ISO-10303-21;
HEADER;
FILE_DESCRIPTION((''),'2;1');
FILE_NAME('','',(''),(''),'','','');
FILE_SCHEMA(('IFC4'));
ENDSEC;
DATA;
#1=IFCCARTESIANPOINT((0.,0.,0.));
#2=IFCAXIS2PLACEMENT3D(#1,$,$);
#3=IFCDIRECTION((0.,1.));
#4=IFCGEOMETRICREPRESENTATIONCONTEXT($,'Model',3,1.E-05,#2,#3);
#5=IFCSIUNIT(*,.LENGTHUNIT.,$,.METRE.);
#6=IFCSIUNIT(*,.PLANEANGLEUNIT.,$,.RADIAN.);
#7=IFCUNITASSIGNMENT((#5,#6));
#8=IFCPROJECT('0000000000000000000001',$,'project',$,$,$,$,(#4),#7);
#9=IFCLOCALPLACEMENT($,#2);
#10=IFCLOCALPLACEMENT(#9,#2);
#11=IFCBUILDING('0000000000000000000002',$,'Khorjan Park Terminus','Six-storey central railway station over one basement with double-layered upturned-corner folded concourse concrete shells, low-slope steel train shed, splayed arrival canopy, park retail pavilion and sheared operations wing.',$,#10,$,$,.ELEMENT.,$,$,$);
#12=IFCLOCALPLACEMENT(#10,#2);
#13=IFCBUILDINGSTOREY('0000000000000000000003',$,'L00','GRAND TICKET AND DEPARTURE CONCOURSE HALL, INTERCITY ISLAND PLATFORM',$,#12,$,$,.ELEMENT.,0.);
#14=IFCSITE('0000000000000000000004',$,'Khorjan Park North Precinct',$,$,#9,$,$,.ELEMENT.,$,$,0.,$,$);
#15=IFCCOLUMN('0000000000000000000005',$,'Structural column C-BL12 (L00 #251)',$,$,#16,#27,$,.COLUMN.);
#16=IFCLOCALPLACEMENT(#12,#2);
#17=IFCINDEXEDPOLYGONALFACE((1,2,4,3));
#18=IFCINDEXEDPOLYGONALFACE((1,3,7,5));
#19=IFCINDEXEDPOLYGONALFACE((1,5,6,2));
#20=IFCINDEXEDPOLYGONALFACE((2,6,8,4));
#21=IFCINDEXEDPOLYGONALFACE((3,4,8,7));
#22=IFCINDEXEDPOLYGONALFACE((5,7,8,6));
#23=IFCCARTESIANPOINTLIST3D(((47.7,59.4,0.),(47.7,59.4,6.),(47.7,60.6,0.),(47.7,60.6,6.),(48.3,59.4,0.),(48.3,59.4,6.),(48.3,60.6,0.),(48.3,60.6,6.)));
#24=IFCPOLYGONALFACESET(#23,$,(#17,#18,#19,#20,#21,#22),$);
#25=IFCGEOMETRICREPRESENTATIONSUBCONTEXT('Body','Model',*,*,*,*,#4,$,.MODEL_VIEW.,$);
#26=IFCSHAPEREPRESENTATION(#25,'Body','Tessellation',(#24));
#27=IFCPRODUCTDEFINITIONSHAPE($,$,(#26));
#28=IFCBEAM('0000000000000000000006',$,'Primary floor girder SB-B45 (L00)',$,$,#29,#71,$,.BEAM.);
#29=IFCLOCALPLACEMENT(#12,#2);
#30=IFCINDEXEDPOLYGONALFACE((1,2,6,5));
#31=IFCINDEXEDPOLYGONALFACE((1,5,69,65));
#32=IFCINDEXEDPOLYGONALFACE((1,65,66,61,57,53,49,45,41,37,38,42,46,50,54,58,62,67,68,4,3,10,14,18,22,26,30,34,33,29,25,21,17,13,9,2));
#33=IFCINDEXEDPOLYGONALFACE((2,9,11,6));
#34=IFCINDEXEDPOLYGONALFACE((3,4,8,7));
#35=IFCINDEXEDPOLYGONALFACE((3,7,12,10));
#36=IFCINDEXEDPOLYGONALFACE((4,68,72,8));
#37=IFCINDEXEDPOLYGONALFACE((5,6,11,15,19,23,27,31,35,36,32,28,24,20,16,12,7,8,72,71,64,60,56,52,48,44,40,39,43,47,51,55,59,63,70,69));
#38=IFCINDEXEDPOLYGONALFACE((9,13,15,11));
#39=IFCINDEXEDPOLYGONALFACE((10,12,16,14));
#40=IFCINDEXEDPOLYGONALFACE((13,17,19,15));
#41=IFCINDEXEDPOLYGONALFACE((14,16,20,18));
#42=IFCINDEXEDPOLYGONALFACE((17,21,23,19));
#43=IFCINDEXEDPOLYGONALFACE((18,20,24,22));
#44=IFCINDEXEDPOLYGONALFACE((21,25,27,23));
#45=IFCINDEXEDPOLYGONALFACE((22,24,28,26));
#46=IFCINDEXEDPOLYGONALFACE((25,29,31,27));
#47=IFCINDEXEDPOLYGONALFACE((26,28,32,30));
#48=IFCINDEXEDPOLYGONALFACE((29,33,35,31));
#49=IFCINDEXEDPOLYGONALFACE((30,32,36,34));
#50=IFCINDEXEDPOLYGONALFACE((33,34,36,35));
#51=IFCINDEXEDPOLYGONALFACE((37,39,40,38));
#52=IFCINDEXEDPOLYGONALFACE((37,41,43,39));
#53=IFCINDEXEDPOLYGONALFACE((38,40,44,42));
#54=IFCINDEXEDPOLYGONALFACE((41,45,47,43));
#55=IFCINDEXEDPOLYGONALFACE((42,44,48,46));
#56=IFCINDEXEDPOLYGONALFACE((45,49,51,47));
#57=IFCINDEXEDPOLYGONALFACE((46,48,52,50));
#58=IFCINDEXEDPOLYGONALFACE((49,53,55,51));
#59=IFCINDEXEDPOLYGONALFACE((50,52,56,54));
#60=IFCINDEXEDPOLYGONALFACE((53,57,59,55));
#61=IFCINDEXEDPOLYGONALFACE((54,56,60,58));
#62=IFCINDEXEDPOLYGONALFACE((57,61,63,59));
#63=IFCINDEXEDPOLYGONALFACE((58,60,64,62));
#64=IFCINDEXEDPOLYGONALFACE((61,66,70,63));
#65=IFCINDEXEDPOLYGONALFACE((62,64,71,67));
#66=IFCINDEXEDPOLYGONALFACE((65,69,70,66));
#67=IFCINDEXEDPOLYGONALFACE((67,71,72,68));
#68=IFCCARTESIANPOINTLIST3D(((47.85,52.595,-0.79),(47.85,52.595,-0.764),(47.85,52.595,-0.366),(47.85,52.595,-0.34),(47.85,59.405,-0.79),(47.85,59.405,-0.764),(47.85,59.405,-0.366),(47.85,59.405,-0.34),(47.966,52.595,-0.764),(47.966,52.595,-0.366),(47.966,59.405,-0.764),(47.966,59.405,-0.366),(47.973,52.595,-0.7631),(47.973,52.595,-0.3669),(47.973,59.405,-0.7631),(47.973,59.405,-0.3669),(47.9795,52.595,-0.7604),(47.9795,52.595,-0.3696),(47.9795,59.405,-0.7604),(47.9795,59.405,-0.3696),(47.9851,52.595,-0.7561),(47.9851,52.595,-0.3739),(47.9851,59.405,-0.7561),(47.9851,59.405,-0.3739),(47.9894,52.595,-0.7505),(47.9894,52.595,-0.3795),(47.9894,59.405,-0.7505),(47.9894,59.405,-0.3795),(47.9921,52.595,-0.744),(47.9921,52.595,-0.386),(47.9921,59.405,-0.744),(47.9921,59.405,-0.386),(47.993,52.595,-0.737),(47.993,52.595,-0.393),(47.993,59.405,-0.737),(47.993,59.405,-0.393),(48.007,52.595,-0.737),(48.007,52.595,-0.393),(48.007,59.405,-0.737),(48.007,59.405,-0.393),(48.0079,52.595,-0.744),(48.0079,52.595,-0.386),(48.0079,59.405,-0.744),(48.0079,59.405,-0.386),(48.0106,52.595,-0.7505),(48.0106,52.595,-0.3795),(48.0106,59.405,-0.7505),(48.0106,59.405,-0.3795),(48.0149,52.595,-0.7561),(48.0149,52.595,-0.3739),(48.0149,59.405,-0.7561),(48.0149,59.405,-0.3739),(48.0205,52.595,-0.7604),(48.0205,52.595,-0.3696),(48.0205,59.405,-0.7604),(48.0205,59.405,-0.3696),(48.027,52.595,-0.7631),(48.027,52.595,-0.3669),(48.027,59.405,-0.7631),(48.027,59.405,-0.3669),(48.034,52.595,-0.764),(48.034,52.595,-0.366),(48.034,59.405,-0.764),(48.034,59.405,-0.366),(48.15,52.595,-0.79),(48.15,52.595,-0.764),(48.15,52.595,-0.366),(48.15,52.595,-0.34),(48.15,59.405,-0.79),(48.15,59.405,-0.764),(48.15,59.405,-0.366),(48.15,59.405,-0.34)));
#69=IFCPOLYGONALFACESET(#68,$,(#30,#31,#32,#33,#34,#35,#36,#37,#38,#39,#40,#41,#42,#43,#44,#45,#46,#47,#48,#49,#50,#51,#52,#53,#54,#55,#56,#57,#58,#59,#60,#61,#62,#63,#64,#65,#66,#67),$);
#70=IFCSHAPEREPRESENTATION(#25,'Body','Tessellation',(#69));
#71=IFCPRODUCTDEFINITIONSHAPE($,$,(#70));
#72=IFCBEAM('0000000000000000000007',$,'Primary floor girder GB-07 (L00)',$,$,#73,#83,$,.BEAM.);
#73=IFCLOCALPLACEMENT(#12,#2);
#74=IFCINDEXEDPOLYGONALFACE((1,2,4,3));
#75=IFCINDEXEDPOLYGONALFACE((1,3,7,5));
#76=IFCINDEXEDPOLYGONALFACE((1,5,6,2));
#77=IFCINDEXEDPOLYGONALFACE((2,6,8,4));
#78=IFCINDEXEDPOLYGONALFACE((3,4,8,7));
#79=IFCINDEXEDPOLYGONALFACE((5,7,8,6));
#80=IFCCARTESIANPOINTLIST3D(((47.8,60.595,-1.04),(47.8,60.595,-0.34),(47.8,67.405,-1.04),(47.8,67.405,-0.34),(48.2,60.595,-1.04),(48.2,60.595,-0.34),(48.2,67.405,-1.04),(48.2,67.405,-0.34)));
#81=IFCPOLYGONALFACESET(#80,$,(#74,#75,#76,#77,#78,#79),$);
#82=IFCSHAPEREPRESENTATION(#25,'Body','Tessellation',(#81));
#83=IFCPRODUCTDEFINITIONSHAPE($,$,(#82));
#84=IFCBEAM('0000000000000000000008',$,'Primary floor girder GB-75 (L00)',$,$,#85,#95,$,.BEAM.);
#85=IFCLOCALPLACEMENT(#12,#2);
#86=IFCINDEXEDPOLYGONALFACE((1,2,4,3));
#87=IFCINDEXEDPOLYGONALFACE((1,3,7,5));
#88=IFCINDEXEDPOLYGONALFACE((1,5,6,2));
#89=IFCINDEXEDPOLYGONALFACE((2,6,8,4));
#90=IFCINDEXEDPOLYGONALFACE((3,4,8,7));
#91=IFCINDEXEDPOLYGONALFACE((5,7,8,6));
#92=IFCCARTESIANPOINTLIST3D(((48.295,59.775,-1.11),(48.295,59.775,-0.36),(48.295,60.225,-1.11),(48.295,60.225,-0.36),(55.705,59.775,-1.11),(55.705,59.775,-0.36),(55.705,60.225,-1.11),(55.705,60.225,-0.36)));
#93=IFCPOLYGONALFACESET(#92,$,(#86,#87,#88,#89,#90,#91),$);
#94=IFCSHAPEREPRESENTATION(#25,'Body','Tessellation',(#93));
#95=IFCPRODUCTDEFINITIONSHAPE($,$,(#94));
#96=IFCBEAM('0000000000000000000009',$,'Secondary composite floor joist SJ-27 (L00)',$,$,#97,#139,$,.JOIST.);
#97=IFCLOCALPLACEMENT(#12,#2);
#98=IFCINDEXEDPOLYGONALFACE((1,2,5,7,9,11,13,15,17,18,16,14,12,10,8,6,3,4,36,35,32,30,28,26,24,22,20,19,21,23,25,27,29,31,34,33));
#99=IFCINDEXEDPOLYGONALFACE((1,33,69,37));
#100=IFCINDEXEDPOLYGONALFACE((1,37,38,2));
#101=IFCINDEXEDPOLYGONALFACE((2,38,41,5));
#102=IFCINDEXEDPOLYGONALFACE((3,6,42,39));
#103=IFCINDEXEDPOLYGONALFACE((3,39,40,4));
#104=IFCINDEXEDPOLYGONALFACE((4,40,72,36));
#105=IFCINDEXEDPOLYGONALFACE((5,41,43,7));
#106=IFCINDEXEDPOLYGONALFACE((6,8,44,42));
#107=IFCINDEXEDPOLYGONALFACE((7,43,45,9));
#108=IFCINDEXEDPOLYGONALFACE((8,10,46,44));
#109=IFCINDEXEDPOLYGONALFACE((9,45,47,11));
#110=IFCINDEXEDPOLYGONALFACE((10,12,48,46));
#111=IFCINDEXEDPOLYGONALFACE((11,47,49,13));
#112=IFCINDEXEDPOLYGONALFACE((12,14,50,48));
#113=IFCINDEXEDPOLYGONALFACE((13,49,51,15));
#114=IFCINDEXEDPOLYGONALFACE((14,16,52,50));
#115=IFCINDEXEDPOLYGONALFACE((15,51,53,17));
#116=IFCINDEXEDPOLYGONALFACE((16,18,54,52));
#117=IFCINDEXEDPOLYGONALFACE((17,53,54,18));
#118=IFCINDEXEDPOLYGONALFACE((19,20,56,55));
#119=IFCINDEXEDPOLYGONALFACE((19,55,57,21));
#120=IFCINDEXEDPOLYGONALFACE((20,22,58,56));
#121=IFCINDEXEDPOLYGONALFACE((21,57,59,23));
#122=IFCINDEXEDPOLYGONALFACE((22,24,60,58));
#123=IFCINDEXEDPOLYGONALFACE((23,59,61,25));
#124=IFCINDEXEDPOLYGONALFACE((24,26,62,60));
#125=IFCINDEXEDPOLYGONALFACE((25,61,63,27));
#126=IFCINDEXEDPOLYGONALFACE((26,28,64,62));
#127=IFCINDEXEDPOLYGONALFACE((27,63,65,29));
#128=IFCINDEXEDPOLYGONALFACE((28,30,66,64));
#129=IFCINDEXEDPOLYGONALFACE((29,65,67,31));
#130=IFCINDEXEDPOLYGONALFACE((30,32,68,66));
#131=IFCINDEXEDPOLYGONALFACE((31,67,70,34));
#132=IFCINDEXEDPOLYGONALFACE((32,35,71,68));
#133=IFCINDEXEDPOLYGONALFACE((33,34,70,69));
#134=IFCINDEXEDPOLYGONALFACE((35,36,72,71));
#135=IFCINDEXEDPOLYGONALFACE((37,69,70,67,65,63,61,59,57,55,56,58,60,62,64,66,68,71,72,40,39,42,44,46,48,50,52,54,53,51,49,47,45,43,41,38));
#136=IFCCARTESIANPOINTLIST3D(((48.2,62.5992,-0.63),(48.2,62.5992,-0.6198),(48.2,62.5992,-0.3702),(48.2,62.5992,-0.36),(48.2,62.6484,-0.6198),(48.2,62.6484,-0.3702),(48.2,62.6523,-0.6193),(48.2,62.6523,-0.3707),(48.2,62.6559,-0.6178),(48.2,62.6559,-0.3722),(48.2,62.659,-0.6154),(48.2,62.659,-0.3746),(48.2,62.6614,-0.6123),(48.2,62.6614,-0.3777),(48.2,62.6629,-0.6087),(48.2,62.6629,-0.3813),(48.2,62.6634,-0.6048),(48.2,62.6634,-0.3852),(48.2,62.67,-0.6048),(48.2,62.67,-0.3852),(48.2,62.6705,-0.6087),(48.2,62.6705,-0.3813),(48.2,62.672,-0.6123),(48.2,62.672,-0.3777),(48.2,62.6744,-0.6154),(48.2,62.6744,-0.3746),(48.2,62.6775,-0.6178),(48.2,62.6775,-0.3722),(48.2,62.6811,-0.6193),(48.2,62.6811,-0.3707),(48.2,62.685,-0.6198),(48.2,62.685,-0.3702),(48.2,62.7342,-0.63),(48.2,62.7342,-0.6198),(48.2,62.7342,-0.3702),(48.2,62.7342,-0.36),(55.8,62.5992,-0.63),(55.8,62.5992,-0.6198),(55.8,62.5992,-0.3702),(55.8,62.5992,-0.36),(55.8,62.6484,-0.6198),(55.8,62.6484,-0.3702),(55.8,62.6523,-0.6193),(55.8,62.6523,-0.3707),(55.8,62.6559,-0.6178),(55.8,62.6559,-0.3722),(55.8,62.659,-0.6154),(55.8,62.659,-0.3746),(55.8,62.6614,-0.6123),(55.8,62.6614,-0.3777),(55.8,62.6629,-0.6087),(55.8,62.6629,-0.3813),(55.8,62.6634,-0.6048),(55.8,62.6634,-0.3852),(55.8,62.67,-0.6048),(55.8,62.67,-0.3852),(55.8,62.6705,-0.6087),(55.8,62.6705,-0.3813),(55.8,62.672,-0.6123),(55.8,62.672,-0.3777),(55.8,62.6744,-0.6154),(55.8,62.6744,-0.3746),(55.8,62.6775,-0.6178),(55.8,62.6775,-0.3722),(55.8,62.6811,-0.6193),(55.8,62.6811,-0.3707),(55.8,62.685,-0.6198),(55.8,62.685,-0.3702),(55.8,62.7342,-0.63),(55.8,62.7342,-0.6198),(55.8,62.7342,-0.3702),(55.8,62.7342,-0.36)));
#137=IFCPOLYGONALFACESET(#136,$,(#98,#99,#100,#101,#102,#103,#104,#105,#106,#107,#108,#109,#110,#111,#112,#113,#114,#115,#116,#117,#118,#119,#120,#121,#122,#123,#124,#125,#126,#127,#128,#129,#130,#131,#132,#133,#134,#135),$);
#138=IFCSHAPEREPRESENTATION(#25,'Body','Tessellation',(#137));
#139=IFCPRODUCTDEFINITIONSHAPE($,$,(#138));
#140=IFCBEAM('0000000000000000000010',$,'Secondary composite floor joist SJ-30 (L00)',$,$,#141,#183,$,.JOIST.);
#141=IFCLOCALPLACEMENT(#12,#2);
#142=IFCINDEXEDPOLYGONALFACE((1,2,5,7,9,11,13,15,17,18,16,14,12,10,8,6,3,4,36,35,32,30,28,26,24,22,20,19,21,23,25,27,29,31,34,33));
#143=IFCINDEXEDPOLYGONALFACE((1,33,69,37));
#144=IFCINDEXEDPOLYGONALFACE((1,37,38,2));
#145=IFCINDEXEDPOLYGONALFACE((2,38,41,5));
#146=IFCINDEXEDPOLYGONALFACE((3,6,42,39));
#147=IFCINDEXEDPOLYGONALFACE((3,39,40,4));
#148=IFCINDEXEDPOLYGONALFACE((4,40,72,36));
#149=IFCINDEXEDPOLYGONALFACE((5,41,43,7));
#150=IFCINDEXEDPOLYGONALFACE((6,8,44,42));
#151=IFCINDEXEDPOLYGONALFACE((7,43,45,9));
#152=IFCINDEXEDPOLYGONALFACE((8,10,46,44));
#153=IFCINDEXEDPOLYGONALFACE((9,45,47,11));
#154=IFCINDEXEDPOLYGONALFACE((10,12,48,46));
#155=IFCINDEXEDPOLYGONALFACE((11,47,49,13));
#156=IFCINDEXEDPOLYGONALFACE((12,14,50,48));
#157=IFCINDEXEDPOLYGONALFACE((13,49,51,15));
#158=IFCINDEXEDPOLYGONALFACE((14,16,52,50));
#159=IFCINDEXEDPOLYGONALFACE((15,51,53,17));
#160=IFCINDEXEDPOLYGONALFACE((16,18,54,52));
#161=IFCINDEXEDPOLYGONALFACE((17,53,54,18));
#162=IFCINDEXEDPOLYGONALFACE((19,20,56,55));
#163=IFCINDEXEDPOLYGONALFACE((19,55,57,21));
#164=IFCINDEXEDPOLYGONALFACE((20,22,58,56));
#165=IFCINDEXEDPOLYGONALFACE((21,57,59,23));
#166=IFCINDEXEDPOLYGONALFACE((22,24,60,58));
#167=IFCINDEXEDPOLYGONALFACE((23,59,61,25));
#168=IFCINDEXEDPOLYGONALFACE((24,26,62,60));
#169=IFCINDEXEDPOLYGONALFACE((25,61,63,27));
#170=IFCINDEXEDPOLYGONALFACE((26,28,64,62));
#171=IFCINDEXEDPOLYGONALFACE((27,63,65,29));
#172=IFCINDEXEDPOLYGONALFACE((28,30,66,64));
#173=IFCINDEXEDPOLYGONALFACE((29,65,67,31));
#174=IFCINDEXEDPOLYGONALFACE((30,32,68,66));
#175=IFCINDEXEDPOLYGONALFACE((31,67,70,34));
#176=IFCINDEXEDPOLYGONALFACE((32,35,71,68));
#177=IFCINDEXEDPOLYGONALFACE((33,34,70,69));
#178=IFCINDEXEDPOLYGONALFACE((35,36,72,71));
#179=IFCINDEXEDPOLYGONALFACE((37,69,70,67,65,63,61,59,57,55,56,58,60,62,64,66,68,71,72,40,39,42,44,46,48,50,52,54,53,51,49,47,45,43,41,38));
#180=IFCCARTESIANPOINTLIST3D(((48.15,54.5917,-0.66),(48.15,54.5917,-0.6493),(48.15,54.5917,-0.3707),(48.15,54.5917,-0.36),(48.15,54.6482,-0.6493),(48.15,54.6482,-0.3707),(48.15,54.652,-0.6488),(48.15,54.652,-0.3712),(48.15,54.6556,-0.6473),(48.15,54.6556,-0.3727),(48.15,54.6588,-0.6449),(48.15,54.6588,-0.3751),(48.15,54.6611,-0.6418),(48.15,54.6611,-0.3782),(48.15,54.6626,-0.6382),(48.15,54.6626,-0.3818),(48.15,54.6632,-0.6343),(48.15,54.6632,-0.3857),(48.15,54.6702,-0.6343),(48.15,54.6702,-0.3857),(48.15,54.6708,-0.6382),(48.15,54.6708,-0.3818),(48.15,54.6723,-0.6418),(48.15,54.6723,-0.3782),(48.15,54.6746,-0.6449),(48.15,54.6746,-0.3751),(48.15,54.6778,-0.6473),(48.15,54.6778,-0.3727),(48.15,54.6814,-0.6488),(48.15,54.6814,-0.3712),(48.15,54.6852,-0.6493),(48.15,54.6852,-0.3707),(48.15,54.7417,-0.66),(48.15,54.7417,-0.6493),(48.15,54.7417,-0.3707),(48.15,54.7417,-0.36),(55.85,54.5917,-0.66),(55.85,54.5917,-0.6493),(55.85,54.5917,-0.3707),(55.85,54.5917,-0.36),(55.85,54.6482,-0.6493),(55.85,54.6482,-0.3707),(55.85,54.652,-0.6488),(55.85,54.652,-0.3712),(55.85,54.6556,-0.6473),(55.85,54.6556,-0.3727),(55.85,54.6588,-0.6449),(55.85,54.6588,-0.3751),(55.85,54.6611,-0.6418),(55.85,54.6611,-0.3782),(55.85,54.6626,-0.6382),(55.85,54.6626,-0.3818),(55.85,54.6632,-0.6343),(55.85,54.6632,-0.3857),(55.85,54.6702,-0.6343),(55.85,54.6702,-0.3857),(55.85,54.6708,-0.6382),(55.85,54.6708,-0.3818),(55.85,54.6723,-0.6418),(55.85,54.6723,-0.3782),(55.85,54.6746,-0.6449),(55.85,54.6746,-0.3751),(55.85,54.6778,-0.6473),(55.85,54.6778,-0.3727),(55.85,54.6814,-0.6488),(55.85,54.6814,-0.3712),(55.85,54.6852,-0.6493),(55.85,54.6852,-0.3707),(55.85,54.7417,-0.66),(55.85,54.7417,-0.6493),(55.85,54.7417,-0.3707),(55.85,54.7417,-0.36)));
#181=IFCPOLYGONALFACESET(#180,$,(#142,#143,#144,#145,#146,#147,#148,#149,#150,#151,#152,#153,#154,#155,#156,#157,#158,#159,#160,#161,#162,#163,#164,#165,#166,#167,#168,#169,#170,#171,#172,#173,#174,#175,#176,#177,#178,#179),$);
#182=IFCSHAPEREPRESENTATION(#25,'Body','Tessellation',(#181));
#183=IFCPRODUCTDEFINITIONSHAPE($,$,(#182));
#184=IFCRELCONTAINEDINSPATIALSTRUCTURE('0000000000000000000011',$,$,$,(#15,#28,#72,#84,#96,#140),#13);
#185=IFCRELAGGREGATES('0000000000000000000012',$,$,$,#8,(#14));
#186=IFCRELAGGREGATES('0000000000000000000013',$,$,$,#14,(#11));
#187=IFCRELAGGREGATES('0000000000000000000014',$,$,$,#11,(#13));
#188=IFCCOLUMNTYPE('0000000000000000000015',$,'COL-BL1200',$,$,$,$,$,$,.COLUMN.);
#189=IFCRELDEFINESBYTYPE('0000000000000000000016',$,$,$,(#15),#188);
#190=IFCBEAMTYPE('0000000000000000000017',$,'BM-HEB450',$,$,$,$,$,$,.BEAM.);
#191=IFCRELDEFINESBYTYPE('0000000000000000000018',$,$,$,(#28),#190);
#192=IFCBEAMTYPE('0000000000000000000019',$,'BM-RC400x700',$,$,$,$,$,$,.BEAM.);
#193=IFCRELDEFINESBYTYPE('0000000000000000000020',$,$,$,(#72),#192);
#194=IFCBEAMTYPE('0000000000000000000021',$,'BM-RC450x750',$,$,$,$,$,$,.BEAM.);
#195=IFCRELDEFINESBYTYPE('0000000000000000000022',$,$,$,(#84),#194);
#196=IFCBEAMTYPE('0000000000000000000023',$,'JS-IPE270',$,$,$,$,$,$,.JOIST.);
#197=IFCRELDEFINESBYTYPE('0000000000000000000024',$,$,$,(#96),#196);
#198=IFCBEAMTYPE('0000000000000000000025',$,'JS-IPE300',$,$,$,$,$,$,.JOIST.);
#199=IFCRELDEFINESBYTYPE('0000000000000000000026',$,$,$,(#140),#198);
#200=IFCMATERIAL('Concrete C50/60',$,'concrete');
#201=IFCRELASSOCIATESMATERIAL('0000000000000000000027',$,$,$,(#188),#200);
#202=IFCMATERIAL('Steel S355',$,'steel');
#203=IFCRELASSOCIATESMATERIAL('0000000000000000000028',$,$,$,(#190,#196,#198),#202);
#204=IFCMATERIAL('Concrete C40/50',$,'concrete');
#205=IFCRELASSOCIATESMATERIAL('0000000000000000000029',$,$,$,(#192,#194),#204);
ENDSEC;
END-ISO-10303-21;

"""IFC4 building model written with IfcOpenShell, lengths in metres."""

from ifc_helpers import new_model, si_unit, direction, frame, origin, origin_2d, place, context, subcontext, project, spatial, rectangle, i_section, extrude, material, material_profile, profile_set, type_object, element, save


model = new_model("IFC4")

# Units and contexts
model_context = context("Model", 3, precision=1e-05, world=origin(), true_north=direction((0.0, 1.0)))
body_context = subcontext(model_context, "Body", "Model", "MODEL_VIEW")
ifc_project = project(units=[si_unit("LENGTHUNIT", "METRE"), si_unit("PLANEANGLEUNIT", "RADIAN")], contexts=[model_context])

# Site, building, storey
site_placement = place(None, origin())
site = spatial("IfcSite", under=ifc_project, at=site_placement, Name="Khorjan Park North Precinct", CompositionType="ELEMENT", RefElevation=0.0)
building_placement = place(site_placement, origin())
building = spatial("IfcBuilding", under=site, at=building_placement, Name="Khorjan Park Terminus", Description="Six-storey central railway station over one basement with double-layered upturned-corner folded concourse concrete shells, low-slope steel train shed, splayed arrival canopy, park retail pavilion and sheared operations wing.", CompositionType="ELEMENT")
storey_placement = place(building_placement, origin())
storey = spatial("IfcBuildingStorey", under=building, at=storey_placement, Name="L00", Description="GRAND TICKET AND DEPARTURE CONCOURSE HALL, INTERCITY ISLAND PLATFORM", CompositionType="ELEMENT", Elevation=0.0)

# Column
ifc_material_1 = material(Name="Concrete C50/60", Category="concrete")
ifc_material_profile_1 = material_profile(ifc_material_1, rectangle(XDim=0.6, YDim=1.2, at=origin_2d()), Name="RC 600x1200")
ifc_profile_set_1 = profile_set([ifc_material_profile_1], Name="Concrete C50/60")
column_type = type_object("IfcColumnType", Name="COL-BL1200", PredefinedType="COLUMN", material=ifc_profile_set_1)
column_placement = place(storey_placement, frame((48.0, 60.0, 0.0), z_axis=(0.0, 0.0, 1.0), x_axis=(1.0, 0.0, 0.0)))
element("IfcColumn", 1, at=column_placement, inside=storey, type_object=column_type, Name="Structural column C-BL12 (L00 #251)", PredefinedType="COLUMN", context=body_context, shape_type="SweptSolid", body=[
    extrude(rectangle(XDim=0.6, YDim=1.2, at=origin_2d()), origin(), (0.0, 0.0, 1.0), 6.0),
])

# Beams
ifc_material_2 = material(Name="Steel S355", Category="steel")
ifc_material_profile_2 = material_profile(ifc_material_2, i_section(OverallWidth=0.3, OverallDepth=0.45, WebThickness=0.014, FlangeThickness=0.026, FilletRadius=0.027, at=origin_2d()), Name="HEB 450")
ifc_profile_set_2 = profile_set([ifc_material_profile_2], Name="Steel S355")
beam_type_1 = type_object("IfcBeamType", Name="BM-HEB450", PredefinedType="BEAM", material=ifc_profile_set_2)
beam_1_placement = place(storey_placement, frame((48.0, 52.595, -0.565), z_axis=(0.0, 1.0, 0.0), x_axis=(-1.0, 0.0, 0.0)))
element("IfcBeam", 2, at=beam_1_placement, inside=storey, type_object=beam_type_1, Name="Primary floor girder SB-B45 (L00)", PredefinedType="BEAM", context=body_context, shape_type="SweptSolid", body=[
    extrude(i_section(OverallWidth=0.3, OverallDepth=0.45, WebThickness=0.014, FlangeThickness=0.026, FilletRadius=0.027, at=origin_2d()), origin(), (0.0, 0.0, 1.0), 6.81),
])
ifc_material_3 = material(Name="Concrete C40/50", Category="concrete")
ifc_material_profile_3 = material_profile(ifc_material_3, rectangle(XDim=0.4, YDim=0.7, at=origin_2d()), Name="RC 400x700")
ifc_profile_set_3 = profile_set([ifc_material_profile_3], Name="Concrete C40/50")
beam_type_2 = type_object("IfcBeamType", Name="BM-RC400x700", PredefinedType="BEAM", material=ifc_profile_set_3)
beam_2_placement = place(storey_placement, frame((48.0, 60.595, -0.69), z_axis=(0.0, 1.0, 0.0), x_axis=(-1.0, 0.0, 0.0)))
element("IfcBeam", 3, at=beam_2_placement, inside=storey, type_object=beam_type_2, Name="Primary floor girder GB-07 (L00)", PredefinedType="BEAM", context=body_context, shape_type="SweptSolid", body=[
    extrude(rectangle(XDim=0.4, YDim=0.7, at=origin_2d()), origin(), (0.0, 0.0, 1.0), 6.81),
])
ifc_material_profile_4 = material_profile(ifc_material_3, rectangle(XDim=0.45, YDim=0.75, at=origin_2d()), Name="RC 450x750")
ifc_profile_set_4 = profile_set([ifc_material_profile_4], Name="Concrete C40/50")
beam_type_3 = type_object("IfcBeamType", Name="BM-RC450x750", PredefinedType="BEAM", material=ifc_profile_set_4)
beam_3_placement = place(storey_placement, frame((48.295, 60.0, -0.735), z_axis=(1.0, 0.0, 0.0), x_axis=(0.0, 1.0, 0.0)))
element("IfcBeam", 4, at=beam_3_placement, inside=storey, type_object=beam_type_3, Name="Primary floor girder GB-75 (L00)", PredefinedType="BEAM", context=body_context, shape_type="SweptSolid", body=[
    extrude(rectangle(XDim=0.45, YDim=0.75, at=origin_2d()), origin(), (0.0, 0.0, 1.0), 7.41),
])
ifc_material_profile_5 = material_profile(ifc_material_2, i_section(OverallWidth=0.135, OverallDepth=0.27, WebThickness=0.0066, FlangeThickness=0.0102, FilletRadius=0.015, at=origin_2d()), Name="IPE 270")
ifc_profile_set_5 = profile_set([ifc_material_profile_5], Name="Steel S355")
beam_type_4 = type_object("IfcBeamType", Name="JS-IPE270", PredefinedType="JOIST", material=ifc_profile_set_5)
beam_4_placement = place(storey_placement, frame((48.2, 62.6667, -0.495), z_axis=(1.0, 0.0, 0.0), x_axis=(0.0, 1.0, 0.0)))
element("IfcBeam", 5, at=beam_4_placement, inside=storey, type_object=beam_type_4, Name="Secondary composite floor joist SJ-27 (L00)", PredefinedType="JOIST", context=body_context, shape_type="SweptSolid", body=[
    extrude(i_section(OverallWidth=0.135, OverallDepth=0.27, WebThickness=0.0066, FlangeThickness=0.0102, FilletRadius=0.015, at=origin_2d()), origin(), (0.0, 0.0, 1.0), 7.6),
])
ifc_material_profile_6 = material_profile(ifc_material_2, i_section(OverallWidth=0.15, OverallDepth=0.3, WebThickness=0.0071, FlangeThickness=0.0107, FilletRadius=0.015, at=origin_2d()), Name="IPE 300")
ifc_profile_set_6 = profile_set([ifc_material_profile_6], Name="Steel S355")
beam_type_5 = type_object("IfcBeamType", Name="JS-IPE300", PredefinedType="JOIST", material=ifc_profile_set_6)
beam_5_placement = place(storey_placement, frame((48.15, 54.6667, -0.51), z_axis=(1.0, 0.0, 0.0), x_axis=(0.0, 1.0, 0.0)))
element("IfcBeam", 6, at=beam_5_placement, inside=storey, type_object=beam_type_5, Name="Secondary composite floor joist SJ-30 (L00)", PredefinedType="JOIST", context=body_context, shape_type="SweptSolid", body=[
    extrude(i_section(OverallWidth=0.15, OverallDepth=0.3, WebThickness=0.0071, FlangeThickness=0.0107, FilletRadius=0.015, at=origin_2d()), origin(), (0.0, 0.0, 1.0), 7.7),
])

save(model, "model.ifc")
